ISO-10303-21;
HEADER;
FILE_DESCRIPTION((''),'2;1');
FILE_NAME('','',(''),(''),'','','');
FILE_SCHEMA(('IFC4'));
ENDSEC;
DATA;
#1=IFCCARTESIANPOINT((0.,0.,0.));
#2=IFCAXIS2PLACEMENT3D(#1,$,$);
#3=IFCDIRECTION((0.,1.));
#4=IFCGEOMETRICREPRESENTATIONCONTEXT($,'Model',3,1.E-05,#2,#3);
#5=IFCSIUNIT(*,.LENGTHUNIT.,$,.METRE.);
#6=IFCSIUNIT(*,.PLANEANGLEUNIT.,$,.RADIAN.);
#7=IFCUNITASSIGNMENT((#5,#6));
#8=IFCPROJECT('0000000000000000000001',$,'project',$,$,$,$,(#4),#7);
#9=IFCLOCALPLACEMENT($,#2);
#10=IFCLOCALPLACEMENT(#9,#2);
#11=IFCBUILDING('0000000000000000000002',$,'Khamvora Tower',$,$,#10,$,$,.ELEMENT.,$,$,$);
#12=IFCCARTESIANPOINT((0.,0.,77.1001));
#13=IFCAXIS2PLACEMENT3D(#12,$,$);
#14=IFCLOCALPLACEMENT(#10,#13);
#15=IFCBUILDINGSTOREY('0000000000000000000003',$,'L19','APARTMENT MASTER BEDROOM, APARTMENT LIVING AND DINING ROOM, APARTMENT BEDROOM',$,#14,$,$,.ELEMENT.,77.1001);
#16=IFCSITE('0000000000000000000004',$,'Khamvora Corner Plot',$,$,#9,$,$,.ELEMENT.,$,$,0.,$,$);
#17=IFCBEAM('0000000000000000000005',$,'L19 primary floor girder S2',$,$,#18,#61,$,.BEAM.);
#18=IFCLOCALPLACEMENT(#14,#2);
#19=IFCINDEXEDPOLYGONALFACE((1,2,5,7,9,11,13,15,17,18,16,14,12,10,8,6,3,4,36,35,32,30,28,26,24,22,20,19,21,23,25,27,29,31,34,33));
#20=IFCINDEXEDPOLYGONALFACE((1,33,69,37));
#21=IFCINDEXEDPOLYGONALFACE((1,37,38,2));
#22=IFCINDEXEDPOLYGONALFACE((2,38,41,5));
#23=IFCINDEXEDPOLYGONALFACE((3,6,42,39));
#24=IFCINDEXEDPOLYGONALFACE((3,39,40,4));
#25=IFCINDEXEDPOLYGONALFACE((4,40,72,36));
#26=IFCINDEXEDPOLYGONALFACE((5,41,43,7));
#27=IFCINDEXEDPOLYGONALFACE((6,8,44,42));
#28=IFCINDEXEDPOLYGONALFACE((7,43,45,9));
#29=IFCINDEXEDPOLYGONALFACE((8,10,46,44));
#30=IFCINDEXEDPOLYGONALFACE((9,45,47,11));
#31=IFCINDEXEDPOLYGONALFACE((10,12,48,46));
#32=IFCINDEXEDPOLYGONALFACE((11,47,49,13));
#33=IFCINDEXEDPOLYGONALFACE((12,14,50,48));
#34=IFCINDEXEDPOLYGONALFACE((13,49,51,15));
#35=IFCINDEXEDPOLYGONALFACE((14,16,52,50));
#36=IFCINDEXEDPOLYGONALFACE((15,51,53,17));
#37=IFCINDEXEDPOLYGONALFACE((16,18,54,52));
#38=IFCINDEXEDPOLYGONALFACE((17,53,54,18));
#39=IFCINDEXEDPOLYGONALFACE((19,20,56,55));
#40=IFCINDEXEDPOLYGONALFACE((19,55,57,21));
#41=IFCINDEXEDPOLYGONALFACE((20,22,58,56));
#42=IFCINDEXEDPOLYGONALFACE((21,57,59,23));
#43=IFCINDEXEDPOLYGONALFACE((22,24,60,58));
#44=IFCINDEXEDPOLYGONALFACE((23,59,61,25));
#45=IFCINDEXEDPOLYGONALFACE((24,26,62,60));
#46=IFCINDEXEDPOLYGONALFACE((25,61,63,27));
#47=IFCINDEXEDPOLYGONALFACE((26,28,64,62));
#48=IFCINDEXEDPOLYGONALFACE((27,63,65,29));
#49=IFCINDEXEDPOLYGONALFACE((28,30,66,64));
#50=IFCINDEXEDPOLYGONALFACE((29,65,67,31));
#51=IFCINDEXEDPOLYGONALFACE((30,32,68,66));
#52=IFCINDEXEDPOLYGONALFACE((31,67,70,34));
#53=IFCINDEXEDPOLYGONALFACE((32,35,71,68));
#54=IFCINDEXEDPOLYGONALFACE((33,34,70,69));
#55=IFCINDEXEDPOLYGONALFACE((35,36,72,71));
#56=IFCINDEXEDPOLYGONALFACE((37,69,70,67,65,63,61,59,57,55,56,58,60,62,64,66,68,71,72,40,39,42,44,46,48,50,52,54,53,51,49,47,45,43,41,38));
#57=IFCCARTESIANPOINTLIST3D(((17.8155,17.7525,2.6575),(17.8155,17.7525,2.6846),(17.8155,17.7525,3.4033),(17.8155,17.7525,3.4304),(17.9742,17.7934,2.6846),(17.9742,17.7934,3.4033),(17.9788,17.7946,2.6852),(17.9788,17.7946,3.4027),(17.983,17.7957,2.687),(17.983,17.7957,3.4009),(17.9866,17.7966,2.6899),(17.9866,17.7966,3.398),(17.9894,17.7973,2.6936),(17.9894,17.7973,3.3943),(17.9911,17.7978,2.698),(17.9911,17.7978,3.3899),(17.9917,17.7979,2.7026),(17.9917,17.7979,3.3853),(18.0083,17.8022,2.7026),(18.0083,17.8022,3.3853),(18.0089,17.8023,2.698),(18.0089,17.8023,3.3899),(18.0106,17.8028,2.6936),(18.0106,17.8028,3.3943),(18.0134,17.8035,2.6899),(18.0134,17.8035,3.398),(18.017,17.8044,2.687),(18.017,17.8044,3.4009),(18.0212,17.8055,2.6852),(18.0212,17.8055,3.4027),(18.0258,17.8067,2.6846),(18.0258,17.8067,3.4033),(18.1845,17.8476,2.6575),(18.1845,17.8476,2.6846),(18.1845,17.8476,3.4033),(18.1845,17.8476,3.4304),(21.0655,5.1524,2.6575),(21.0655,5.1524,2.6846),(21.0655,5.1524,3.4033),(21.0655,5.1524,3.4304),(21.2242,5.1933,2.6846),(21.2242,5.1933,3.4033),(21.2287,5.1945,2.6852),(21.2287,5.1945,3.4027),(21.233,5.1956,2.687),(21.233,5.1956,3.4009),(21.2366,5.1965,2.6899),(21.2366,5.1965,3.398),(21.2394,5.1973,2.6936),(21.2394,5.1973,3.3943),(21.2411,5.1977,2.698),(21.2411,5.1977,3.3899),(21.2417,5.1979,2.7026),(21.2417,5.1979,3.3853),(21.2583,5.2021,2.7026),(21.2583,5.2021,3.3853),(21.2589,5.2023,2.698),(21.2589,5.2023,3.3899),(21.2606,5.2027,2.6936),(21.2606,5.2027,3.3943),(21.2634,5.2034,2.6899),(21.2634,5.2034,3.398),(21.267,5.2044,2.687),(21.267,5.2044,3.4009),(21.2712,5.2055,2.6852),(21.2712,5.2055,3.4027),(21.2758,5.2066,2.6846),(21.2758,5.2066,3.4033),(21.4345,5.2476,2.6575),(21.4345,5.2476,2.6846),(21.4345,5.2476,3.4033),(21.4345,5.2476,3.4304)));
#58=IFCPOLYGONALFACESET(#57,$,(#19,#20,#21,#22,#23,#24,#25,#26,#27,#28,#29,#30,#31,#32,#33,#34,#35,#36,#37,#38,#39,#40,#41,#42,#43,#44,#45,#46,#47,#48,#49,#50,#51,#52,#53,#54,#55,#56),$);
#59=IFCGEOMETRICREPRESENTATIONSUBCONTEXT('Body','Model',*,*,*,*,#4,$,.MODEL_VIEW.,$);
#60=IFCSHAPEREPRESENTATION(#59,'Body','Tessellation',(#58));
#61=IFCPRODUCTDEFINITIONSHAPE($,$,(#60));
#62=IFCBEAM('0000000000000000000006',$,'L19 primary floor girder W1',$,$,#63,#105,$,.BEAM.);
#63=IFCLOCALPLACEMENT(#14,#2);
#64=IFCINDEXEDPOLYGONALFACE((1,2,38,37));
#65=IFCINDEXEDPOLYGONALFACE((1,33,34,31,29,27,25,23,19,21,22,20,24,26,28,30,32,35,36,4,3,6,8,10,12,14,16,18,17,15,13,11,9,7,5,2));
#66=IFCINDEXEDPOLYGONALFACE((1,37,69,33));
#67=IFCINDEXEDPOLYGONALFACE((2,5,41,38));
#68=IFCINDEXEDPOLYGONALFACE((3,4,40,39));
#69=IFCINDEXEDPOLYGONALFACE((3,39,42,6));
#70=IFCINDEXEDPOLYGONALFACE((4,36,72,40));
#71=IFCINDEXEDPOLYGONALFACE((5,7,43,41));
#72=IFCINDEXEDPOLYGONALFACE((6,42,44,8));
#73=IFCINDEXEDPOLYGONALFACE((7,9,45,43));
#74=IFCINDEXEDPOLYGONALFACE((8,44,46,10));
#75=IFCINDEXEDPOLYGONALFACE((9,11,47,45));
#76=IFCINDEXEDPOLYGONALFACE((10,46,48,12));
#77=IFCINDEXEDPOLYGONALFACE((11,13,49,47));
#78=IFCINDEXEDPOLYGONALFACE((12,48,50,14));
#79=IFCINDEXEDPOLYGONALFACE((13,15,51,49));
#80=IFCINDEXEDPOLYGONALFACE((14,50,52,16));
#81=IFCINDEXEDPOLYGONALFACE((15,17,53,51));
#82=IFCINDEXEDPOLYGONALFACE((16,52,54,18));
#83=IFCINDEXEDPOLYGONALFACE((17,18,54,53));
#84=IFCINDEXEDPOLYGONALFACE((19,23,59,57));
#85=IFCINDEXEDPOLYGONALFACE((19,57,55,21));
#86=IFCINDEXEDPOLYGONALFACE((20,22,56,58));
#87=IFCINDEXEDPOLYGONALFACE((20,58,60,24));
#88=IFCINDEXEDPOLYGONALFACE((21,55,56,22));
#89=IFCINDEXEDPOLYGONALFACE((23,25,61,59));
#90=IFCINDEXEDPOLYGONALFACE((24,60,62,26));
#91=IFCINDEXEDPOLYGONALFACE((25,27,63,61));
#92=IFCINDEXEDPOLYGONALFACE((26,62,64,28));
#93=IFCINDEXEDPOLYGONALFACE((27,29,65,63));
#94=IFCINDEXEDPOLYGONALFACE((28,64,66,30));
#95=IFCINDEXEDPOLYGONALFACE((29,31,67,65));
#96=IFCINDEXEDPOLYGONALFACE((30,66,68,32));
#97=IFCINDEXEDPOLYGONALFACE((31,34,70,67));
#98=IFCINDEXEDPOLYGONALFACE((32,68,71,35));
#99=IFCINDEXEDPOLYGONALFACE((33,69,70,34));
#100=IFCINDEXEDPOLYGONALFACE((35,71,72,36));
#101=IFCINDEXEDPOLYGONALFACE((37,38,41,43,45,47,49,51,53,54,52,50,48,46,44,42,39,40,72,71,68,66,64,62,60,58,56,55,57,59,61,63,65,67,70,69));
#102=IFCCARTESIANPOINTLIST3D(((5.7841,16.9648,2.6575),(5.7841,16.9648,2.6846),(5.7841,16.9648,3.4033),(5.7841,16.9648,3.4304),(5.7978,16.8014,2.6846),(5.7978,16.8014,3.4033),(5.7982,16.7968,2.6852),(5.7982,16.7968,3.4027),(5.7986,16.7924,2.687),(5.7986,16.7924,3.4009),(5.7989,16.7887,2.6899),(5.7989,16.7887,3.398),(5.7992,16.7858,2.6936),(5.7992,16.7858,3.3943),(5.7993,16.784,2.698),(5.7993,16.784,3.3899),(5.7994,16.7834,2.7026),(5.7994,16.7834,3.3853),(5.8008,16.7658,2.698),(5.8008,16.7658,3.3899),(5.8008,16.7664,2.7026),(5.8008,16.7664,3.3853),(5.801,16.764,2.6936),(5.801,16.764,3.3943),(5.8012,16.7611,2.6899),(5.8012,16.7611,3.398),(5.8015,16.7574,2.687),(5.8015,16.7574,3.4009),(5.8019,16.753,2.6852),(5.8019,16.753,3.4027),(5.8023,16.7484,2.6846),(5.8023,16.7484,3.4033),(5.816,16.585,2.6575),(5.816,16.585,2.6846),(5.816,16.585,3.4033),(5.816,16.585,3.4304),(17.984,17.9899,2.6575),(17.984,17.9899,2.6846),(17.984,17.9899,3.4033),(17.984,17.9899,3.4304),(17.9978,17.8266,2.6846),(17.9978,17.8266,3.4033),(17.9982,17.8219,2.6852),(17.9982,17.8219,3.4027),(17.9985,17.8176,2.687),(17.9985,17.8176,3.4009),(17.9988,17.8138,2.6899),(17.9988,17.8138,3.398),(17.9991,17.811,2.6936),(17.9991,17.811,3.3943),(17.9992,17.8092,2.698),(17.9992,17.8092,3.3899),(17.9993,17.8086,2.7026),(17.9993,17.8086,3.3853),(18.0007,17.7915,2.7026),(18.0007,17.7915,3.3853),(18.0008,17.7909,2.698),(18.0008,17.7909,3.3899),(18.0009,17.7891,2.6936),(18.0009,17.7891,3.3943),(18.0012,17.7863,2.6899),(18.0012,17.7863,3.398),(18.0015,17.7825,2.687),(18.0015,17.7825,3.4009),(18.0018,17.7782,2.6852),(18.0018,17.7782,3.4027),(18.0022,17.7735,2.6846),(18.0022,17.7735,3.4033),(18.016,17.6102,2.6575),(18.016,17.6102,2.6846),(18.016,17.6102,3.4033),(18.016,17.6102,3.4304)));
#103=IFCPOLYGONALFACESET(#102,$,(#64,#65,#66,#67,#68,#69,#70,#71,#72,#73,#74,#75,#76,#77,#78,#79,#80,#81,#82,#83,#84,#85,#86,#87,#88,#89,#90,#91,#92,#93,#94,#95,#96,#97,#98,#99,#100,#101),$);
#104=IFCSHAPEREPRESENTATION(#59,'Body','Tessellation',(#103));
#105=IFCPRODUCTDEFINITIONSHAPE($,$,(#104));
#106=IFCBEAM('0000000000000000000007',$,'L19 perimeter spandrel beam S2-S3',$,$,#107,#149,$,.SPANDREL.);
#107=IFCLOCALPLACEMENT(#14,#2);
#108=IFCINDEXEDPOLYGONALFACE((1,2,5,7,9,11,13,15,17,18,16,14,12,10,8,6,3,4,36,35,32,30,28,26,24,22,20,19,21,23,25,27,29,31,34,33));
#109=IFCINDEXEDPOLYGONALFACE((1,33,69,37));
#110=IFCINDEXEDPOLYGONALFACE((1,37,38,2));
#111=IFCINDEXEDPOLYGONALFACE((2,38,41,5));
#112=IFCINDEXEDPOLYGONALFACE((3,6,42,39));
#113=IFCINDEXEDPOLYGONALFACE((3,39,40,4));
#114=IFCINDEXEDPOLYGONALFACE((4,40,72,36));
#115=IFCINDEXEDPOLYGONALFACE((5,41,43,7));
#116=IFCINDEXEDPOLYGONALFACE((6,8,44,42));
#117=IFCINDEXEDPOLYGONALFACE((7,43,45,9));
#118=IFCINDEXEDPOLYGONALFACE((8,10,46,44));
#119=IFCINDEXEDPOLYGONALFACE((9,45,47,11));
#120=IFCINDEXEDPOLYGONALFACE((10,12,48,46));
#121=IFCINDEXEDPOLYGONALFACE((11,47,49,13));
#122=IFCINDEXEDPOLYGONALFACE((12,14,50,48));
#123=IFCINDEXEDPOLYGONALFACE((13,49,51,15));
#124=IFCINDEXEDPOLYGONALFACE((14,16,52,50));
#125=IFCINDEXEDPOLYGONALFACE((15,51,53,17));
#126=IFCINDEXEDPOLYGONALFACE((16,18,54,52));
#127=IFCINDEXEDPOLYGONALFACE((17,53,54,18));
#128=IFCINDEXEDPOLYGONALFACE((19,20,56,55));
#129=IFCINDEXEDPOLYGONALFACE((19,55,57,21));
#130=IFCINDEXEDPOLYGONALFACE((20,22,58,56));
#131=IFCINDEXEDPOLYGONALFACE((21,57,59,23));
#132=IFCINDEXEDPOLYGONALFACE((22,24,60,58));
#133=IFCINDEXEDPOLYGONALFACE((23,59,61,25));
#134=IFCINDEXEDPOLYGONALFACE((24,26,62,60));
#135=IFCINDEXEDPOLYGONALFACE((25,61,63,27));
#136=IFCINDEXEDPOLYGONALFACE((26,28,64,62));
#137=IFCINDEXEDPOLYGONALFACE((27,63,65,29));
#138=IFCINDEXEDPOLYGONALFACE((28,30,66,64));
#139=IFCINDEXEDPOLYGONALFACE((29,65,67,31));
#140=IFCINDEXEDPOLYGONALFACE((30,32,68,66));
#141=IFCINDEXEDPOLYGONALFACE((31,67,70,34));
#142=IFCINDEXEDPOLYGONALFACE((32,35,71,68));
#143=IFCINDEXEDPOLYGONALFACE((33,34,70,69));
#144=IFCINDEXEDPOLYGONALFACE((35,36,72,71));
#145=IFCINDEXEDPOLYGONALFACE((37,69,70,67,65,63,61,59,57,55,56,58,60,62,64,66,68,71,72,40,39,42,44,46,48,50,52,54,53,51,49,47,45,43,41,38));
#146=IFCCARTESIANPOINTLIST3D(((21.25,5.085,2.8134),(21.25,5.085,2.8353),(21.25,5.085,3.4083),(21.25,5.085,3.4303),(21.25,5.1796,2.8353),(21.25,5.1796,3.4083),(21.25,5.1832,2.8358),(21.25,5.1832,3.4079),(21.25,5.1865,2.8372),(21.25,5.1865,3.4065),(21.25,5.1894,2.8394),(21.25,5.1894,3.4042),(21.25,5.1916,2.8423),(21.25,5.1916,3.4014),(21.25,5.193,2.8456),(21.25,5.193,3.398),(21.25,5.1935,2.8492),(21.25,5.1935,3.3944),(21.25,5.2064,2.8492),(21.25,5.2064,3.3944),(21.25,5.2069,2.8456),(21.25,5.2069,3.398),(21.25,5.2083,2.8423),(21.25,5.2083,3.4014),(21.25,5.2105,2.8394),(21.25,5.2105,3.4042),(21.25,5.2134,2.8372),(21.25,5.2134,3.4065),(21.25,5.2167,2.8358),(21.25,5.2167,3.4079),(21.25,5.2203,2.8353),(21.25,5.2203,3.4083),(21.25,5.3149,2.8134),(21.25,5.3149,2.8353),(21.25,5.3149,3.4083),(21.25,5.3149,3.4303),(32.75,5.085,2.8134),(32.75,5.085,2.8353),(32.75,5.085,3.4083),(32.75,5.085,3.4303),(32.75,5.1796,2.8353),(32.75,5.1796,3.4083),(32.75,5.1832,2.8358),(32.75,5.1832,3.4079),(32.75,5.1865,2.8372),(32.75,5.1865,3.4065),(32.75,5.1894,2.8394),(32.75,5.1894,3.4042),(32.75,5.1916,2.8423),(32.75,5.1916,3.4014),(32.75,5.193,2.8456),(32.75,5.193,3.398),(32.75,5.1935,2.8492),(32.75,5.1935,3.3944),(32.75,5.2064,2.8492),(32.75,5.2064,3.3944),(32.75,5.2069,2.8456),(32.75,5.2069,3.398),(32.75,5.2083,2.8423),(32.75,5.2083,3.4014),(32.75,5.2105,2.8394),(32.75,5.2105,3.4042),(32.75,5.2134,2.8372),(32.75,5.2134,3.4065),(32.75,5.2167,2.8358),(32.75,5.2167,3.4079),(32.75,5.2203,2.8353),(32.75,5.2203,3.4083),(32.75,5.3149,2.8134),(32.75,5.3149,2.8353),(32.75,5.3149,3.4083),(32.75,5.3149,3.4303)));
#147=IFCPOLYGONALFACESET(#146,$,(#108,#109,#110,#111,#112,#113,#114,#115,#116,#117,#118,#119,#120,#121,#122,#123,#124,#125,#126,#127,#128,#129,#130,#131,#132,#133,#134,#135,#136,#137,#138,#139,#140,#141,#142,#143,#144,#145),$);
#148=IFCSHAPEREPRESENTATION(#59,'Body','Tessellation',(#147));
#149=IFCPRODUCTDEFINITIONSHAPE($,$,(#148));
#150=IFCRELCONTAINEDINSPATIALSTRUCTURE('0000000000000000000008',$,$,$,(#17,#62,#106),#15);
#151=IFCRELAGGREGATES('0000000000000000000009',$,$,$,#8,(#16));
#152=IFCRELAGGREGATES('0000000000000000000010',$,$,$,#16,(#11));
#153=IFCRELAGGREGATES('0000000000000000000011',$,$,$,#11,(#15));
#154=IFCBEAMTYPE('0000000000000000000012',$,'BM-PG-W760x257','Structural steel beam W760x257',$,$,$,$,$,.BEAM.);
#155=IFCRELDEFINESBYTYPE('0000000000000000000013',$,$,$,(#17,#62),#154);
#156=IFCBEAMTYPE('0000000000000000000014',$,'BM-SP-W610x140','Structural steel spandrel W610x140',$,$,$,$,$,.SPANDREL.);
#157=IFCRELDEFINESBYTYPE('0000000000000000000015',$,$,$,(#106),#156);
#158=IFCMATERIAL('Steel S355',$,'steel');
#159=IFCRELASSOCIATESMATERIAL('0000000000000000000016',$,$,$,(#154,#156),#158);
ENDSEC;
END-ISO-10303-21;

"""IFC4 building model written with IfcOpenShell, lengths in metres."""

from ifc_helpers import new_model, si_unit, direction, frame, origin, origin_2d, place, context, subcontext, project, spatial, i_section, extrude, material, material_profile, profile_set, type_object, element, save


model = new_model("IFC4")

# Units and contexts
model_context = context("Model", 3, precision=1e-05, world=origin(), true_north=direction((0.0, 1.0)))
body_context = subcontext(model_context, "Body", "Model", "MODEL_VIEW")
ifc_project = project(units=[si_unit("LENGTHUNIT", "METRE"), si_unit("PLANEANGLEUNIT", "RADIAN")], contexts=[model_context])

# Site, building, storey
site_placement = place(None, origin())
site = spatial("IfcSite", under=ifc_project, at=site_placement, Name="Khamvora Corner Plot", CompositionType="ELEMENT", RefElevation=0.0)
building_placement = place(site_placement, origin())
building = spatial("IfcBuilding", under=site, at=building_placement, Name="Khamvora Tower", CompositionType="ELEMENT")
storey_placement = place(building_placement, frame((0.0, 0.0, 77.1001)))
storey = spatial("IfcBuildingStorey", under=building, at=storey_placement, Name="L19", Description="APARTMENT MASTER BEDROOM, APARTMENT LIVING AND DINING ROOM, APARTMENT BEDROOM", CompositionType="ELEMENT", Elevation=77.1001)

# Shared definitions
ifc_material_1 = material(Name="Steel S355", Category="steel")

# Beams
ifc_material_profile_1 = material_profile(ifc_material_1, i_section(OverallWidth=0.3811, OverallDepth=0.7729, WebThickness=0.0171, FlangeThickness=0.0271, FilletRadius=0.0181, at=origin_2d()), Name="W760x257")
ifc_profile_set_1 = profile_set([ifc_material_profile_1], Name="Steel S355")
beam_type_1 = type_object("IfcBeamType", Name="BM-PG-W760x257", Description="Structural steel beam W760x257", PredefinedType="BEAM", material=ifc_profile_set_1)
beam_1_placement = place(storey_placement, frame((18.0, 17.8, 3.0439), z_axis=(0.24976, -0.968308, 0.0), x_axis=(0.968308, 0.24976, 0.0)))
element("IfcBeam", 1, at=beam_1_placement, inside=storey, type_object=beam_type_1, Name="L19 primary floor girder S2", PredefinedType="BEAM", context=body_context, shape_type="SweptSolid", body=[
    extrude(i_section(OverallWidth=0.3811, OverallDepth=0.7729, WebThickness=0.0171, FlangeThickness=0.0271, FilletRadius=0.0181, at=origin_2d()), origin(), (0.0, 0.0, 1.0), 13.0125),
])
beam_2_placement = place(storey_placement, frame((18.0, 17.8, 3.0439), z_axis=(-0.996488, -0.083734, 0.0), x_axis=(0.083734, -0.996488, 0.0)))
element("IfcBeam", 2, at=beam_2_placement, inside=storey, type_object=beam_type_1, Name="L19 primary floor girder W1", PredefinedType="BEAM", context=body_context, shape_type="SweptSolid", body=[
    extrude(i_section(OverallWidth=0.3811, OverallDepth=0.7729, WebThickness=0.0171, FlangeThickness=0.0271, FilletRadius=0.0181, at=origin_2d()), origin(), (0.0, 0.0, 1.0), 12.2429),
])
ifc_material_profile_2 = material_profile(ifc_material_1, i_section(OverallWidth=0.23, OverallDepth=0.6169, WebThickness=0.0129, FlangeThickness=0.022, FilletRadius=0.0139, at=origin_2d()), Name="W610x140")
ifc_profile_set_2 = profile_set([ifc_material_profile_2], Name="Steel S355")
beam_type_2 = type_object("IfcBeamType", Name="BM-SP-W610x140", Description="Structural steel spandrel W610x140", PredefinedType="SPANDREL", material=ifc_profile_set_2)
beam_3_placement = place(storey_placement, frame((21.25, 5.2, 3.1218), z_axis=(1.0, 0.0, 0.0), x_axis=(0.0, 1.0, 0.0)))
element("IfcBeam", 3, at=beam_3_placement, inside=storey, type_object=beam_type_2, Name="L19 perimeter spandrel beam S2-S3", PredefinedType="SPANDREL", context=body_context, shape_type="SweptSolid", body=[
    extrude(i_section(OverallWidth=0.23, OverallDepth=0.6169, WebThickness=0.0129, FlangeThickness=0.022, FilletRadius=0.0139, at=origin_2d()), origin(), (0.0, 0.0, 1.0), 11.5),
])

save(model, "model.ifc")
